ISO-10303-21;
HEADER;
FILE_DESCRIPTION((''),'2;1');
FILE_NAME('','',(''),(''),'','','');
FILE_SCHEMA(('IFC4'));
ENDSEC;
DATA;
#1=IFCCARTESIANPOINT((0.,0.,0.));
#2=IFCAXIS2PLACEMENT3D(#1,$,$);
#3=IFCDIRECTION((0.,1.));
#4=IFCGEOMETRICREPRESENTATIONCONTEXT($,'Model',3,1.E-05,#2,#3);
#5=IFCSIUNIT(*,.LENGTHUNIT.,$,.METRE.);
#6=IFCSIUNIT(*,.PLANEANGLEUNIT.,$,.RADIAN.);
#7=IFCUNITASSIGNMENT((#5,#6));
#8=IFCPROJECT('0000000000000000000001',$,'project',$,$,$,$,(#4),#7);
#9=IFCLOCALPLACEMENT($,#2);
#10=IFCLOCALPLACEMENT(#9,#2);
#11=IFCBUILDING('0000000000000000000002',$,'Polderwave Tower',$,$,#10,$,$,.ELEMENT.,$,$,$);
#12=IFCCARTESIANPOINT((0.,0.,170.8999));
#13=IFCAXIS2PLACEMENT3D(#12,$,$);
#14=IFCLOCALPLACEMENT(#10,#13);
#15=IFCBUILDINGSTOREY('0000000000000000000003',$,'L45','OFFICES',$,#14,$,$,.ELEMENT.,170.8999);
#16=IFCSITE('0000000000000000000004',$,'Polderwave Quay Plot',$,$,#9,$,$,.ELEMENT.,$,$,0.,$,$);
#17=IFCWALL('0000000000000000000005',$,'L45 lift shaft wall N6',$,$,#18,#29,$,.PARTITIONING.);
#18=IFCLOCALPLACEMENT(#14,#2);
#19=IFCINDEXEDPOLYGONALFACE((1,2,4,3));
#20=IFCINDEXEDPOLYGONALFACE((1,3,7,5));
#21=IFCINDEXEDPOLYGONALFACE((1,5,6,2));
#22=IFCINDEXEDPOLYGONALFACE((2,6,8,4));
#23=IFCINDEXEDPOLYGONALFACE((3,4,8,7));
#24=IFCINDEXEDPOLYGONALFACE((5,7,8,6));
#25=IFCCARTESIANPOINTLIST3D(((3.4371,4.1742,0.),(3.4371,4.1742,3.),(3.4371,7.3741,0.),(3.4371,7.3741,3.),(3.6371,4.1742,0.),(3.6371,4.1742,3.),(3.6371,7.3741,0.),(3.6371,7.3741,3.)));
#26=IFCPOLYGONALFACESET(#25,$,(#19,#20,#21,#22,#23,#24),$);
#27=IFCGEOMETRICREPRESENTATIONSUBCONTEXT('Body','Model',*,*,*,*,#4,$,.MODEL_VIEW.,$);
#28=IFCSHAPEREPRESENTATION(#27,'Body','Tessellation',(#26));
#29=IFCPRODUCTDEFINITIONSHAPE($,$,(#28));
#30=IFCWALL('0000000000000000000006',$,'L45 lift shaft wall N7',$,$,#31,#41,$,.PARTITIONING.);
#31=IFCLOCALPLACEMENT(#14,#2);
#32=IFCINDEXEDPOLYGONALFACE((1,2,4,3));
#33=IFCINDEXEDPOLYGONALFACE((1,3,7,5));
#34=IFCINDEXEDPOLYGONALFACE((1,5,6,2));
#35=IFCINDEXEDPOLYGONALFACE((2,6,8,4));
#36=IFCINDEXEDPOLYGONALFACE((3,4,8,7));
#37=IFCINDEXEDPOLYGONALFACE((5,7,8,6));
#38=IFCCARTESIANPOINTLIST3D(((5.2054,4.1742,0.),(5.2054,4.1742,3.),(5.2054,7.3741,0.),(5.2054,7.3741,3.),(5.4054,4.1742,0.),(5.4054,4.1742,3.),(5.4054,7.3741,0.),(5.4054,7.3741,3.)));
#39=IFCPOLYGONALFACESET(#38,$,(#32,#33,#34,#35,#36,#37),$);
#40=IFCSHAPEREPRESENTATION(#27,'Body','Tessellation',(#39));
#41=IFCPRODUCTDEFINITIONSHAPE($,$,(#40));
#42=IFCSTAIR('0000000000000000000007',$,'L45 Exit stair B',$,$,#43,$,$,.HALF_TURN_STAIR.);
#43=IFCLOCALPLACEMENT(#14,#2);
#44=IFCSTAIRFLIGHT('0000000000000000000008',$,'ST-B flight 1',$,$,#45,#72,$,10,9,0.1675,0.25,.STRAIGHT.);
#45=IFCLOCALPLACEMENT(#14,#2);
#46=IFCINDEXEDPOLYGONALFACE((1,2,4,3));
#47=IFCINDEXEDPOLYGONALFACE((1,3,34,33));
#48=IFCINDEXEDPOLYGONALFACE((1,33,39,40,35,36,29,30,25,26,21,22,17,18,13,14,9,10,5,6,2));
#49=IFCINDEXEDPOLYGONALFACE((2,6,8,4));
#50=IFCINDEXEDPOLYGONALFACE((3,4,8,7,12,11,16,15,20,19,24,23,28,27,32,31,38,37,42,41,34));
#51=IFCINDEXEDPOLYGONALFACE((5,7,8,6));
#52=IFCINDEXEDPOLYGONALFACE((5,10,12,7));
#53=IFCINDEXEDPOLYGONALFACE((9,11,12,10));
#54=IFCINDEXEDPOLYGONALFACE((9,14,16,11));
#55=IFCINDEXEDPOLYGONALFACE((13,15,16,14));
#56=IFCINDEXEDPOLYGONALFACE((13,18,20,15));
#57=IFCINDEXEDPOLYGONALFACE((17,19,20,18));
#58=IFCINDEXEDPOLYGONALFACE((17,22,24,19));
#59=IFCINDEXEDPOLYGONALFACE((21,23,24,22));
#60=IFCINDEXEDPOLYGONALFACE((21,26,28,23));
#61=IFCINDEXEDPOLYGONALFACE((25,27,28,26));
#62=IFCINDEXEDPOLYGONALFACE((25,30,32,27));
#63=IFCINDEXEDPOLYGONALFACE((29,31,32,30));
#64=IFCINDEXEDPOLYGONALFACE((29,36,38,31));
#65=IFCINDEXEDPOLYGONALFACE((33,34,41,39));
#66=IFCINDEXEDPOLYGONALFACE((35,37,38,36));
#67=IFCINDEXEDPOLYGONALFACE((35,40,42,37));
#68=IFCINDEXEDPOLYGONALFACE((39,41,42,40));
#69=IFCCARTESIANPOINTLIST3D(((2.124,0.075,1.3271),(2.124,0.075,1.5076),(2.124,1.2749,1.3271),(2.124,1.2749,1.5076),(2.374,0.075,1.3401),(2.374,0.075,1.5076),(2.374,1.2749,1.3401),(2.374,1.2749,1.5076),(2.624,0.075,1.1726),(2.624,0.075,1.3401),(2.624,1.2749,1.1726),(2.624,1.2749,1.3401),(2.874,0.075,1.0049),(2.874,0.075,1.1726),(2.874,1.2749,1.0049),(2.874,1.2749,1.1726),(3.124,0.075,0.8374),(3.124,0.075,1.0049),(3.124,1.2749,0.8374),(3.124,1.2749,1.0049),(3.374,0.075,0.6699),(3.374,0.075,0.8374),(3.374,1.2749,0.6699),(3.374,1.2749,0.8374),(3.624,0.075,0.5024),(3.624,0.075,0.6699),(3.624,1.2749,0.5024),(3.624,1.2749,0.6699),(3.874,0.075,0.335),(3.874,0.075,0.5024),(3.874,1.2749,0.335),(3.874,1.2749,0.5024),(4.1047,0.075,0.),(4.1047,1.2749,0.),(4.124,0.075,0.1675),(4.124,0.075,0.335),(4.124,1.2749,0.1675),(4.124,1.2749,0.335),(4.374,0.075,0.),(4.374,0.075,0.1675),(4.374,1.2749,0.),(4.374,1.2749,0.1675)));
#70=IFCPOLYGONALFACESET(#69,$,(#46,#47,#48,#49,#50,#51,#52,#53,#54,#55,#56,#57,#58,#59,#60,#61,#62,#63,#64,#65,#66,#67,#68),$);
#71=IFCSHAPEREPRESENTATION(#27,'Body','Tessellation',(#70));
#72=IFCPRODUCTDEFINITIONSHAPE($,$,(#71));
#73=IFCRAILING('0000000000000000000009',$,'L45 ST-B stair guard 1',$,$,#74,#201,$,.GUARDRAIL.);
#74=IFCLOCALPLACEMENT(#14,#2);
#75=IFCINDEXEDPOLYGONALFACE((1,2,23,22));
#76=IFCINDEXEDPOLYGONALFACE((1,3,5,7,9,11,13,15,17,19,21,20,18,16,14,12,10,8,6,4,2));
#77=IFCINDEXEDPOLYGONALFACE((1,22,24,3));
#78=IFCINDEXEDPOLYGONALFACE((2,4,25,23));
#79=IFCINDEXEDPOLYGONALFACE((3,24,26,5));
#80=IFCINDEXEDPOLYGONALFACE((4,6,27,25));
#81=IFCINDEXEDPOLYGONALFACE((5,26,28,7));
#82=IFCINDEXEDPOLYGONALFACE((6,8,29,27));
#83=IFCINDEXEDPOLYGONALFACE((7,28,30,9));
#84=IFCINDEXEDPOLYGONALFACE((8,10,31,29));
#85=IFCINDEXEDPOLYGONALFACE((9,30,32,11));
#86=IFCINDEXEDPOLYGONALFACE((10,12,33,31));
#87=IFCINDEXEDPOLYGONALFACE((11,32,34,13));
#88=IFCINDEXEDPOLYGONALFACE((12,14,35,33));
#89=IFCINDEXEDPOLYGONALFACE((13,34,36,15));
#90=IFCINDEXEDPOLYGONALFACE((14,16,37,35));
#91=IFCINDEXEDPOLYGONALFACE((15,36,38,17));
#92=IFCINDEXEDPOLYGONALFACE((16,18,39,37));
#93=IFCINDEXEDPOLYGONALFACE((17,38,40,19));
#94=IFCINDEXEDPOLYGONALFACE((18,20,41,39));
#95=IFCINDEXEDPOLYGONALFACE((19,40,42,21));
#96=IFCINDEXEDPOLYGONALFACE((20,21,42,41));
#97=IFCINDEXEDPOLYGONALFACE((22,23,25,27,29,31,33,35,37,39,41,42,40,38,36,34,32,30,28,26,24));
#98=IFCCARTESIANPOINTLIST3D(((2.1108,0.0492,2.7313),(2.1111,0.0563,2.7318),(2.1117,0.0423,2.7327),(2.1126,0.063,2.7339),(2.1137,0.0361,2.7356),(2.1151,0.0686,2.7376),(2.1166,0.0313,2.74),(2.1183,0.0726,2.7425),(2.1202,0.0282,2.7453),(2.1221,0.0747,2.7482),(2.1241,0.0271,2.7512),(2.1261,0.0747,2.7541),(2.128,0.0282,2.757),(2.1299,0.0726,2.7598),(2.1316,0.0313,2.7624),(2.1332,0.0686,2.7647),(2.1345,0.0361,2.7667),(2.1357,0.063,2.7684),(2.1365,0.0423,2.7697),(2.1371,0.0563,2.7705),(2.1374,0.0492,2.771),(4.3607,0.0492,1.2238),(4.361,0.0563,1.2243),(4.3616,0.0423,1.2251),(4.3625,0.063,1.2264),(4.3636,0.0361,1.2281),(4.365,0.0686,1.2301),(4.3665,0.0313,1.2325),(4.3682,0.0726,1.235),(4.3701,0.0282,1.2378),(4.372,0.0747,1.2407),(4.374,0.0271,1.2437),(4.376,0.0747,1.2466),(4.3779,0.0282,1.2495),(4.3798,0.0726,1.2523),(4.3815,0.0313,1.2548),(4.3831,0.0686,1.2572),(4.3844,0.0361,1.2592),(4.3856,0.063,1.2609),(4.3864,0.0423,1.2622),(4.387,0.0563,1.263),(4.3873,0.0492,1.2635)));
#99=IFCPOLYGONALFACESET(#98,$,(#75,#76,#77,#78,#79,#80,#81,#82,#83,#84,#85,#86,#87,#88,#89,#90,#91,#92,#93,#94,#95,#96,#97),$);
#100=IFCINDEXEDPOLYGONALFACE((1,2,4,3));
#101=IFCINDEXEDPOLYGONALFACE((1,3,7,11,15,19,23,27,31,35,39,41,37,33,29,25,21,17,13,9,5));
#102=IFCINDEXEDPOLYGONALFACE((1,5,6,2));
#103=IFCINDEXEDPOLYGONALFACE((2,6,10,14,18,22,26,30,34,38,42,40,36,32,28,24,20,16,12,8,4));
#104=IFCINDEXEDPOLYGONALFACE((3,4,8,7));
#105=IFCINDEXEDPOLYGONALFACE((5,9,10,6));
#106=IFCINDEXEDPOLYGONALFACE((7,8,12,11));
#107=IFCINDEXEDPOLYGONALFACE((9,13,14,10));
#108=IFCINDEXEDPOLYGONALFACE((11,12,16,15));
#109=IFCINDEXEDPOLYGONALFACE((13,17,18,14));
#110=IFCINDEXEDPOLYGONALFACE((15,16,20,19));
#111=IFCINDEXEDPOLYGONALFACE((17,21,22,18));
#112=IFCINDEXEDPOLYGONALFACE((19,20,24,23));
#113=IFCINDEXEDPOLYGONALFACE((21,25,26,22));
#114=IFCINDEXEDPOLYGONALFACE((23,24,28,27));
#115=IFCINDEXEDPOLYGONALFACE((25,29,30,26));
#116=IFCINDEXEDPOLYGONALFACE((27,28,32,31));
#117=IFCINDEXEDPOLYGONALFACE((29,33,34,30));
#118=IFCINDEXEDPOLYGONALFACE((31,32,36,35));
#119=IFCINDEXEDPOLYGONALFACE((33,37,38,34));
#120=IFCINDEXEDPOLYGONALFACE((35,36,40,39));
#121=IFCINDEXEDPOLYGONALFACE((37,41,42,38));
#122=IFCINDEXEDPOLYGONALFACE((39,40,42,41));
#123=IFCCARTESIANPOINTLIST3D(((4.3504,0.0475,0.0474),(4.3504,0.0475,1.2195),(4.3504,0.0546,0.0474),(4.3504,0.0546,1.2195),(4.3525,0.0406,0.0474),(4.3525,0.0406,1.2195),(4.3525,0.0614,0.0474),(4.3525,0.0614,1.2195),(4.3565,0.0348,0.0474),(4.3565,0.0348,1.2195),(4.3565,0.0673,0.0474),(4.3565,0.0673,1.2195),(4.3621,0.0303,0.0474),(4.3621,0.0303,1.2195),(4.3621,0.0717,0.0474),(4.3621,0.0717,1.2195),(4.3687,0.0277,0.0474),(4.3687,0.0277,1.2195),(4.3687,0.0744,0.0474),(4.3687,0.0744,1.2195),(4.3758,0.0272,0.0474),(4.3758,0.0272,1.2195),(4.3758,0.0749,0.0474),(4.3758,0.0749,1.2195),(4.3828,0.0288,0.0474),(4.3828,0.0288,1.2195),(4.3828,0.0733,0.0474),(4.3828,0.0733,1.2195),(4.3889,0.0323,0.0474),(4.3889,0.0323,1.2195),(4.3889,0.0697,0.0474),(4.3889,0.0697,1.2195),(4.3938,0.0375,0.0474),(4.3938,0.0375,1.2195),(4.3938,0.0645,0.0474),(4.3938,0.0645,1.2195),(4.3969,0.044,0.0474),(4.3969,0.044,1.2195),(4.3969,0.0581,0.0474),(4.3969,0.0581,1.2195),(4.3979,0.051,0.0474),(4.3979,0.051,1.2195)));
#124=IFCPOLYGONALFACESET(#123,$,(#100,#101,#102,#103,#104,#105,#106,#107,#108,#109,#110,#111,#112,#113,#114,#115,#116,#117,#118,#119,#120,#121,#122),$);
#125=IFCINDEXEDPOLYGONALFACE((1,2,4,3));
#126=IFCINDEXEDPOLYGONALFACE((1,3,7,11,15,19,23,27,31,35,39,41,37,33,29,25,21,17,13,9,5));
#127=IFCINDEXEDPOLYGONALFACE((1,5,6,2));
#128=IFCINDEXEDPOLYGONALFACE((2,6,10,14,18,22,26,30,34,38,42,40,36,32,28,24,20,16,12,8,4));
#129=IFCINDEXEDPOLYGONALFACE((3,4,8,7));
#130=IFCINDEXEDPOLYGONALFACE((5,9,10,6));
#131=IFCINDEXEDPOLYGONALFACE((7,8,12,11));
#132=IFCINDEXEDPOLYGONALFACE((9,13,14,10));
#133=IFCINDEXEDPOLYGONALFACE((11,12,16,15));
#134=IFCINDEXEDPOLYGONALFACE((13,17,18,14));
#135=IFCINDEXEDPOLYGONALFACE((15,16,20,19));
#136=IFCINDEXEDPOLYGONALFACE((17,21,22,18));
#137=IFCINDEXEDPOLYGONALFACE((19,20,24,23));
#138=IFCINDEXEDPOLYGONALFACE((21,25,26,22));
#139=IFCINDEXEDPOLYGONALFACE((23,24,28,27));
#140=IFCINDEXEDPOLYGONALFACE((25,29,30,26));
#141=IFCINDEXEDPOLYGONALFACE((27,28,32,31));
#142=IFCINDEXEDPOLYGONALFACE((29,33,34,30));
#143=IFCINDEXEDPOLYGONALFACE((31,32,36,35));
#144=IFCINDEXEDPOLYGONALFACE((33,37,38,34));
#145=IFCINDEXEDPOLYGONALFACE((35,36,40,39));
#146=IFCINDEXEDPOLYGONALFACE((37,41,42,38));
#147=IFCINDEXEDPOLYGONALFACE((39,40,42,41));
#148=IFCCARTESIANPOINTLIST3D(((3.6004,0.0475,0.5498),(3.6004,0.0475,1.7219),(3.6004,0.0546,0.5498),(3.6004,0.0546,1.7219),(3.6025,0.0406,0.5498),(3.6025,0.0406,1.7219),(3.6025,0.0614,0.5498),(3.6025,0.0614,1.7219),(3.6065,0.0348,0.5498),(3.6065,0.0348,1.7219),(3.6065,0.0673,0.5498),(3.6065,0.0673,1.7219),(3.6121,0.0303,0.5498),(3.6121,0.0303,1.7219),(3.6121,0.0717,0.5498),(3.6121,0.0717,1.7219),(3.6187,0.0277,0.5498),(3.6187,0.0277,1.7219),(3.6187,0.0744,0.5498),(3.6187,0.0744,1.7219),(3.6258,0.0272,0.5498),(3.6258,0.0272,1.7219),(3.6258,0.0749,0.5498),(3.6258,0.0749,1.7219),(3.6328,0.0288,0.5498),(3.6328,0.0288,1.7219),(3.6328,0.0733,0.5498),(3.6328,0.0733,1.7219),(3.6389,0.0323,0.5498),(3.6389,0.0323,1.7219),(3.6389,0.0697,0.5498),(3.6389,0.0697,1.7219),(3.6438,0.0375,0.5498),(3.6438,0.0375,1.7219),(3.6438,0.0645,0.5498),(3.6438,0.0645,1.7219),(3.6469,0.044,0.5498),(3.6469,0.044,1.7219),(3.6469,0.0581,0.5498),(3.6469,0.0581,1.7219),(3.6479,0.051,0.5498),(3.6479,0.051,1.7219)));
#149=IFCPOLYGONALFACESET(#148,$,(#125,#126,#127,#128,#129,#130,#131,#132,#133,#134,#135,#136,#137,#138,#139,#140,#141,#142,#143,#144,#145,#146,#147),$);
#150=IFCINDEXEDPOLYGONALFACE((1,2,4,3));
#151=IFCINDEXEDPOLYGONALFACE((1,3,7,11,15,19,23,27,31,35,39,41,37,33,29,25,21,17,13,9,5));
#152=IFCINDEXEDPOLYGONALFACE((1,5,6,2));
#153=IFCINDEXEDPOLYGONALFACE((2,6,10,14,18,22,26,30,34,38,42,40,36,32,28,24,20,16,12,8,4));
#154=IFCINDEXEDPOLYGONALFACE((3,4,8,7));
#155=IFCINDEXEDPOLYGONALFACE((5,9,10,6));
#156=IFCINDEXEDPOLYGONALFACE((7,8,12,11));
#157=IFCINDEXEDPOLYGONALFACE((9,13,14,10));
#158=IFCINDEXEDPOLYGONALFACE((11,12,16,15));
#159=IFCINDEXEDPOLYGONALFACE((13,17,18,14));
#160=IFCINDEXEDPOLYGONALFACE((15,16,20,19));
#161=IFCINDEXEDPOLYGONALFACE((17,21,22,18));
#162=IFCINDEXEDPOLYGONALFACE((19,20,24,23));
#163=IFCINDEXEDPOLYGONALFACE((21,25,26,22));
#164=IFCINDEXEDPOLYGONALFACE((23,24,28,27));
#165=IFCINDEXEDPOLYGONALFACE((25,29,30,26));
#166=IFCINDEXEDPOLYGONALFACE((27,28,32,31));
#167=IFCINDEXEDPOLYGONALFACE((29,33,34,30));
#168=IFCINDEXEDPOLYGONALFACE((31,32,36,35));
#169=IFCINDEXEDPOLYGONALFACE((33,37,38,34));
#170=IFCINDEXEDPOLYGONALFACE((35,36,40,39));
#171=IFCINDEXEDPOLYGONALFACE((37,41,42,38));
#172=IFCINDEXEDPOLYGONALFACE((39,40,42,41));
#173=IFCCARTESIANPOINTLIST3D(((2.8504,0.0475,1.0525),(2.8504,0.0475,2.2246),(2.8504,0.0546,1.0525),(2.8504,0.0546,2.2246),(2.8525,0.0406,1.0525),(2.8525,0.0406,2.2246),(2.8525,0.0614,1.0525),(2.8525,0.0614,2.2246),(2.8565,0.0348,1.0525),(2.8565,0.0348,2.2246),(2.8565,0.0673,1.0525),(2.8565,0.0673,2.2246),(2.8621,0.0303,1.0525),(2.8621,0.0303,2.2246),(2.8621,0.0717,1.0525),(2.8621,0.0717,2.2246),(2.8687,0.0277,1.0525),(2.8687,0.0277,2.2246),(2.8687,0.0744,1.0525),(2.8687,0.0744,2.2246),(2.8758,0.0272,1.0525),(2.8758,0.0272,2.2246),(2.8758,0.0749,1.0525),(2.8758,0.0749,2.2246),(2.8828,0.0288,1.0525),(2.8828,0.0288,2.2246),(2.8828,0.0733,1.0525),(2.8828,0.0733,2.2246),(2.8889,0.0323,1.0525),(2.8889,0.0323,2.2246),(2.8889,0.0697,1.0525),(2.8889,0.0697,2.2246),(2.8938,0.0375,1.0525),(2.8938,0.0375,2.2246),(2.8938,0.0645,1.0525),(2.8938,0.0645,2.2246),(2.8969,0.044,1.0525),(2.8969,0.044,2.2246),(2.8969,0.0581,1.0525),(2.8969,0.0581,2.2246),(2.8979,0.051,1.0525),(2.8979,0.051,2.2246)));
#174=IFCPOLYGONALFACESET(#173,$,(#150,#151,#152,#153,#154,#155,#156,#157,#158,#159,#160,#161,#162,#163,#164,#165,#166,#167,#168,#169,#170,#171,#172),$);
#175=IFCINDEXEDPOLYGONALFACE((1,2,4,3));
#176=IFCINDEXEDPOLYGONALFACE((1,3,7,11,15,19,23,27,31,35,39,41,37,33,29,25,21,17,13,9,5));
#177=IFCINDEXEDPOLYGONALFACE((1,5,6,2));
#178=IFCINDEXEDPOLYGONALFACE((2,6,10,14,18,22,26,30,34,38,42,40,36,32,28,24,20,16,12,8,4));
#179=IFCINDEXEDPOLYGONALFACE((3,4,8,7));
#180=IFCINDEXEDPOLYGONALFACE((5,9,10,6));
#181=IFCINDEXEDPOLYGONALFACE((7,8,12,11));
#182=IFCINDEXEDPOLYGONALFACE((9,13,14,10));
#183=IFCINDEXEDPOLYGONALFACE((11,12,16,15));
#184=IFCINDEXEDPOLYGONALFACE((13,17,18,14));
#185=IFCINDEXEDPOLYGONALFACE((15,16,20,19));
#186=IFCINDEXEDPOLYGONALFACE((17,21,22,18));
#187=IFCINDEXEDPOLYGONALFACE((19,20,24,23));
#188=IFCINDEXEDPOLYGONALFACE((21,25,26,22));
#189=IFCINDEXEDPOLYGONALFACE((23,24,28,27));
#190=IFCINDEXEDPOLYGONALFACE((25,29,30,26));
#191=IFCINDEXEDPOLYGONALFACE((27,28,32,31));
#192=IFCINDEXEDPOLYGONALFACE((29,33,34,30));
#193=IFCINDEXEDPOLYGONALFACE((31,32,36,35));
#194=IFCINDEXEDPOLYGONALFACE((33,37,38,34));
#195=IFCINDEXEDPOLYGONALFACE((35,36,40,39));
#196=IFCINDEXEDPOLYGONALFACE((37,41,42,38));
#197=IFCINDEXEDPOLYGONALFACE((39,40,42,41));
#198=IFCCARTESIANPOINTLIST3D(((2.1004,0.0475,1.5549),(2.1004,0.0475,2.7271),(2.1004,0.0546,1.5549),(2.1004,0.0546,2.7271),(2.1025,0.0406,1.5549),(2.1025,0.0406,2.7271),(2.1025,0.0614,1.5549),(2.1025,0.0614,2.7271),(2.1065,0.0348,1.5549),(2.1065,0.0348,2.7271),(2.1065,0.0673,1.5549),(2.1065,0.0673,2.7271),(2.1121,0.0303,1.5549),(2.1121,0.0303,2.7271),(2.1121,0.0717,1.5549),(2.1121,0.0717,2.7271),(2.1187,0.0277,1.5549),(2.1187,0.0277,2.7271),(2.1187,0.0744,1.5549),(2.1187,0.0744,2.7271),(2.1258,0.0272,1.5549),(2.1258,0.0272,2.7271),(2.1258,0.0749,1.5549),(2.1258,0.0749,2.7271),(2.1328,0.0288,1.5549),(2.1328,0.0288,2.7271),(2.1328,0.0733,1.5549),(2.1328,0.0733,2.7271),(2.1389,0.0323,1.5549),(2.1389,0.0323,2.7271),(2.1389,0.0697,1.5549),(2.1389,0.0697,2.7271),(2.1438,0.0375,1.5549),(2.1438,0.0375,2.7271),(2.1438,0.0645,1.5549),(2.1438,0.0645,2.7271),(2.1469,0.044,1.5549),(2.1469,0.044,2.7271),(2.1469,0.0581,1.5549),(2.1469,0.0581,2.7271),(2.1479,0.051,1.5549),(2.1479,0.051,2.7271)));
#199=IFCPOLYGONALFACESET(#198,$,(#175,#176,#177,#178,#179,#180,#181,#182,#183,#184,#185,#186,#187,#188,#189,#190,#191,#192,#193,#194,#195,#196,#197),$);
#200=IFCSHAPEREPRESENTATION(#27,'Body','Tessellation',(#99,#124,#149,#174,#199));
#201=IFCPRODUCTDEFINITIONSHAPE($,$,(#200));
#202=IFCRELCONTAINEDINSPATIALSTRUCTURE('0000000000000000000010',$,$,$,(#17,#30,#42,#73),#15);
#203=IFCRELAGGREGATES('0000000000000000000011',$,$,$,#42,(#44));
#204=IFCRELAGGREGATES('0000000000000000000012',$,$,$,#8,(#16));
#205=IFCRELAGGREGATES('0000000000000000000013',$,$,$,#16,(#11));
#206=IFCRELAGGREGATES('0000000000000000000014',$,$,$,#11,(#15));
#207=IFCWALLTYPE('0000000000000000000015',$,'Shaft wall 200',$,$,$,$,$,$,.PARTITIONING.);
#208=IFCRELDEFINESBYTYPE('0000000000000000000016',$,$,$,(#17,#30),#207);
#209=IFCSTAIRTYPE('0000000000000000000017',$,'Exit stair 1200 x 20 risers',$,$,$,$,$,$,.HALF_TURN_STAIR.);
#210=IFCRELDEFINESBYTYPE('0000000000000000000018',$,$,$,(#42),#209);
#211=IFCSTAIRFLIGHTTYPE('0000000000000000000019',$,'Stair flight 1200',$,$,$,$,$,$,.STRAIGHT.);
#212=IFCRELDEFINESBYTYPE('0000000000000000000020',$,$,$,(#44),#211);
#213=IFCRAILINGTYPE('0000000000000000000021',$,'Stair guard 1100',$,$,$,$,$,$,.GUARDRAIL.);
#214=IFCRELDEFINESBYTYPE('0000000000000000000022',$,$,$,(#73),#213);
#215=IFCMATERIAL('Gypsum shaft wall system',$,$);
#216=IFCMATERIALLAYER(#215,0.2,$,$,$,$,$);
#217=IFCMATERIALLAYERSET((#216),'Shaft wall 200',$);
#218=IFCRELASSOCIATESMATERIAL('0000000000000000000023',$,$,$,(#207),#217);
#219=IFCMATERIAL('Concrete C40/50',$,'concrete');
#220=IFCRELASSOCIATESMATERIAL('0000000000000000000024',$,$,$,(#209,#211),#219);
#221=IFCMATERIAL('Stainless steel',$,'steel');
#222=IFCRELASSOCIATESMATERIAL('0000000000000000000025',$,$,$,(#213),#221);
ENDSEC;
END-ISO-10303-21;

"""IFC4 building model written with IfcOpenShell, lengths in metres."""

from ifc_helpers import new_model, si_unit, direction, frame, frame_2d, origin, origin_2d, place, context, subcontext, project, spatial, polyline, rectangle, circle, outline, extrude, material, layer, layer_set, type_object, element, aggregate, save


model = new_model("IFC4")

# Units and contexts
model_context = context("Model", 3, precision=1e-05, world=origin(), true_north=direction((0.0, 1.0)))
body_context = subcontext(model_context, "Body", "Model", "MODEL_VIEW")
ifc_project = project(units=[si_unit("LENGTHUNIT", "METRE"), si_unit("PLANEANGLEUNIT", "RADIAN")], contexts=[model_context])

# Site, building, storey
site_placement = place(None, origin())
site = spatial("IfcSite", under=ifc_project, at=site_placement, Name="Polderwave Quay Plot", CompositionType="ELEMENT", RefElevation=0.0)
building_placement = place(site_placement, origin())
building = spatial("IfcBuilding", under=site, at=building_placement, Name="Polderwave Tower", CompositionType="ELEMENT")
storey_placement = place(building_placement, frame((0.0, 0.0, 170.8999)))
storey = spatial("IfcBuildingStorey", under=building, at=storey_placement, Name="L45", Description="OFFICES", CompositionType="ELEMENT", Elevation=170.8999)

# Walls
ifc_material_1 = material(Name="Gypsum shaft wall system")
ifc_layer_1 = layer(ifc_material_1, 0.2)
ifc_layer_set_1 = layer_set([ifc_layer_1], Name="Shaft wall 200")
wall_type_1 = type_object("IfcWallType", Name="Shaft wall 200", PredefinedType="PARTITIONING", material=ifc_layer_set_1)
for number, where, z_axis, x_axis, name in (
    (1, (3.5371, 4.1741, 0.0), (0.0, 0.0, 1.0), (0.0, 1.0, 0.0), "L45 lift shaft wall N6"),
    (2, (5.3054, 4.1741, 0.0), (0.0, 0.0, 1.0), (0.0, 1.0, 0.0), "L45 lift shaft wall N7"),
):
    element("IfcWall", number, at=place(storey_placement, frame(where, z_axis=z_axis, x_axis=x_axis)), inside=storey, type_object=wall_type_1, Name=name, PredefinedType="PARTITIONING", context=body_context, shape_type="SweptSolid", body=[
        extrude(rectangle(XDim=3.2, YDim=0.2, at=frame_2d((1.6001, 0.0))), origin(), (0.0, 0.0, 1.0), 3.0),
    ])

# Stair, stair flight
ifc_material_2 = material(Name="Concrete C40/50", Category="concrete")
stair_type = type_object("IfcStairType", Name="Exit stair 1200 x 20 risers", PredefinedType="HALF_TURN_STAIR", material=ifc_material_2)
stair_placement = place(storey_placement, origin())
stair = element("IfcStair", 3, at=stair_placement, inside=storey, type_object=stair_type, Name="L45 Exit stair B", PredefinedType="HALF_TURN_STAIR")
stair_flight_type = type_object("IfcStairFlightType", Name="Stair flight 1200", PredefinedType="STRAIGHT", material=ifc_material_2)
stair_flight_placement = place(storey_placement, frame((4.374, 0.675, 0.0), z_axis=(0.0, 0.0, 1.0), x_axis=(-1.0, 0.0, 0.0)))
stair_flight = element("IfcStairFlight", 4, at=stair_flight_placement, type_object=stair_flight_type, Name="ST-B flight 1", NumberOfRisers=10, NumberOfTreads=9, PredefinedType="STRAIGHT", RiserHeight=0.1675, TreadLength=0.25, context=body_context, shape_type="SweptSolid", body=[
    extrude(outline(polyline([(0.0, 0.0), (0.0, 0.1675), (0.25, 0.1675), (0.25, 0.335), (0.5, 0.335), (0.5, 0.5024), (0.75, 0.5024), (0.75, 0.6699), (1.0, 0.6699), (1.0, 0.8374), (1.25, 0.8374), (1.25, 1.0049), (1.5, 1.0049), (1.5, 1.1726), (1.75, 1.1726), (1.75, 1.3401), (2.0, 1.3401), (2.0, 1.5076), (2.25, 1.5076), (2.25, 1.675), (2.25, 1.3271), (0.2693, 0.0), (0.0, 0.0)])), frame((0.0, 0.6001, 0.0), z_axis=(0.0, -1.0, 0.0), x_axis=(1.0, 0.0, 0.0)), (0.0, 0.0, 1.0), 1.2),
])
aggregate(stair, [stair_flight])

# Railing
ifc_material_3 = material(Name="Stainless steel", Category="steel")
railing_type_1 = type_object("IfcRailingType", Name="Stair guard 1100", PredefinedType="GUARDRAIL", material=ifc_material_3)
railing_1_placement = place(storey_placement, frame((4.374, 0.051, 0.0474)))
element("IfcRailing", 5, at=railing_1_placement, inside=storey, type_object=railing_type_1, Name="L45 ST-B stair guard 1", PredefinedType="GUARDRAIL", context=body_context, shape_type="SweptSolid", body=[
    extrude(circle(Radius=0.0239, at=origin_2d()), frame((0.0, 0.0, 1.1963), z_axis=(-0.830758, 0.0, 0.556633), x_axis=(0.0, -1.0, 0.0)), (0.0, 0.0, 1.0), 2.7083),
    extrude(circle(Radius=0.0239, at=origin_2d()), origin(), (0.0, 0.0, 1.0), 1.1721),
    extrude(circle(Radius=0.0239, at=origin_2d()), frame((-0.75, 0.0, 0.5024)), (0.0, 0.0, 1.0), 1.1721),
    extrude(circle(Radius=0.0239, at=origin_2d()), frame((-1.5, 0.0, 1.0051)), (0.0, 0.0, 1.0), 1.1721),
    extrude(circle(Radius=0.0239, at=origin_2d()), frame((-2.25, 0.0, 1.5076)), (0.0, 0.0, 1.0), 1.1721),
])

save(model, "model.ifc")
